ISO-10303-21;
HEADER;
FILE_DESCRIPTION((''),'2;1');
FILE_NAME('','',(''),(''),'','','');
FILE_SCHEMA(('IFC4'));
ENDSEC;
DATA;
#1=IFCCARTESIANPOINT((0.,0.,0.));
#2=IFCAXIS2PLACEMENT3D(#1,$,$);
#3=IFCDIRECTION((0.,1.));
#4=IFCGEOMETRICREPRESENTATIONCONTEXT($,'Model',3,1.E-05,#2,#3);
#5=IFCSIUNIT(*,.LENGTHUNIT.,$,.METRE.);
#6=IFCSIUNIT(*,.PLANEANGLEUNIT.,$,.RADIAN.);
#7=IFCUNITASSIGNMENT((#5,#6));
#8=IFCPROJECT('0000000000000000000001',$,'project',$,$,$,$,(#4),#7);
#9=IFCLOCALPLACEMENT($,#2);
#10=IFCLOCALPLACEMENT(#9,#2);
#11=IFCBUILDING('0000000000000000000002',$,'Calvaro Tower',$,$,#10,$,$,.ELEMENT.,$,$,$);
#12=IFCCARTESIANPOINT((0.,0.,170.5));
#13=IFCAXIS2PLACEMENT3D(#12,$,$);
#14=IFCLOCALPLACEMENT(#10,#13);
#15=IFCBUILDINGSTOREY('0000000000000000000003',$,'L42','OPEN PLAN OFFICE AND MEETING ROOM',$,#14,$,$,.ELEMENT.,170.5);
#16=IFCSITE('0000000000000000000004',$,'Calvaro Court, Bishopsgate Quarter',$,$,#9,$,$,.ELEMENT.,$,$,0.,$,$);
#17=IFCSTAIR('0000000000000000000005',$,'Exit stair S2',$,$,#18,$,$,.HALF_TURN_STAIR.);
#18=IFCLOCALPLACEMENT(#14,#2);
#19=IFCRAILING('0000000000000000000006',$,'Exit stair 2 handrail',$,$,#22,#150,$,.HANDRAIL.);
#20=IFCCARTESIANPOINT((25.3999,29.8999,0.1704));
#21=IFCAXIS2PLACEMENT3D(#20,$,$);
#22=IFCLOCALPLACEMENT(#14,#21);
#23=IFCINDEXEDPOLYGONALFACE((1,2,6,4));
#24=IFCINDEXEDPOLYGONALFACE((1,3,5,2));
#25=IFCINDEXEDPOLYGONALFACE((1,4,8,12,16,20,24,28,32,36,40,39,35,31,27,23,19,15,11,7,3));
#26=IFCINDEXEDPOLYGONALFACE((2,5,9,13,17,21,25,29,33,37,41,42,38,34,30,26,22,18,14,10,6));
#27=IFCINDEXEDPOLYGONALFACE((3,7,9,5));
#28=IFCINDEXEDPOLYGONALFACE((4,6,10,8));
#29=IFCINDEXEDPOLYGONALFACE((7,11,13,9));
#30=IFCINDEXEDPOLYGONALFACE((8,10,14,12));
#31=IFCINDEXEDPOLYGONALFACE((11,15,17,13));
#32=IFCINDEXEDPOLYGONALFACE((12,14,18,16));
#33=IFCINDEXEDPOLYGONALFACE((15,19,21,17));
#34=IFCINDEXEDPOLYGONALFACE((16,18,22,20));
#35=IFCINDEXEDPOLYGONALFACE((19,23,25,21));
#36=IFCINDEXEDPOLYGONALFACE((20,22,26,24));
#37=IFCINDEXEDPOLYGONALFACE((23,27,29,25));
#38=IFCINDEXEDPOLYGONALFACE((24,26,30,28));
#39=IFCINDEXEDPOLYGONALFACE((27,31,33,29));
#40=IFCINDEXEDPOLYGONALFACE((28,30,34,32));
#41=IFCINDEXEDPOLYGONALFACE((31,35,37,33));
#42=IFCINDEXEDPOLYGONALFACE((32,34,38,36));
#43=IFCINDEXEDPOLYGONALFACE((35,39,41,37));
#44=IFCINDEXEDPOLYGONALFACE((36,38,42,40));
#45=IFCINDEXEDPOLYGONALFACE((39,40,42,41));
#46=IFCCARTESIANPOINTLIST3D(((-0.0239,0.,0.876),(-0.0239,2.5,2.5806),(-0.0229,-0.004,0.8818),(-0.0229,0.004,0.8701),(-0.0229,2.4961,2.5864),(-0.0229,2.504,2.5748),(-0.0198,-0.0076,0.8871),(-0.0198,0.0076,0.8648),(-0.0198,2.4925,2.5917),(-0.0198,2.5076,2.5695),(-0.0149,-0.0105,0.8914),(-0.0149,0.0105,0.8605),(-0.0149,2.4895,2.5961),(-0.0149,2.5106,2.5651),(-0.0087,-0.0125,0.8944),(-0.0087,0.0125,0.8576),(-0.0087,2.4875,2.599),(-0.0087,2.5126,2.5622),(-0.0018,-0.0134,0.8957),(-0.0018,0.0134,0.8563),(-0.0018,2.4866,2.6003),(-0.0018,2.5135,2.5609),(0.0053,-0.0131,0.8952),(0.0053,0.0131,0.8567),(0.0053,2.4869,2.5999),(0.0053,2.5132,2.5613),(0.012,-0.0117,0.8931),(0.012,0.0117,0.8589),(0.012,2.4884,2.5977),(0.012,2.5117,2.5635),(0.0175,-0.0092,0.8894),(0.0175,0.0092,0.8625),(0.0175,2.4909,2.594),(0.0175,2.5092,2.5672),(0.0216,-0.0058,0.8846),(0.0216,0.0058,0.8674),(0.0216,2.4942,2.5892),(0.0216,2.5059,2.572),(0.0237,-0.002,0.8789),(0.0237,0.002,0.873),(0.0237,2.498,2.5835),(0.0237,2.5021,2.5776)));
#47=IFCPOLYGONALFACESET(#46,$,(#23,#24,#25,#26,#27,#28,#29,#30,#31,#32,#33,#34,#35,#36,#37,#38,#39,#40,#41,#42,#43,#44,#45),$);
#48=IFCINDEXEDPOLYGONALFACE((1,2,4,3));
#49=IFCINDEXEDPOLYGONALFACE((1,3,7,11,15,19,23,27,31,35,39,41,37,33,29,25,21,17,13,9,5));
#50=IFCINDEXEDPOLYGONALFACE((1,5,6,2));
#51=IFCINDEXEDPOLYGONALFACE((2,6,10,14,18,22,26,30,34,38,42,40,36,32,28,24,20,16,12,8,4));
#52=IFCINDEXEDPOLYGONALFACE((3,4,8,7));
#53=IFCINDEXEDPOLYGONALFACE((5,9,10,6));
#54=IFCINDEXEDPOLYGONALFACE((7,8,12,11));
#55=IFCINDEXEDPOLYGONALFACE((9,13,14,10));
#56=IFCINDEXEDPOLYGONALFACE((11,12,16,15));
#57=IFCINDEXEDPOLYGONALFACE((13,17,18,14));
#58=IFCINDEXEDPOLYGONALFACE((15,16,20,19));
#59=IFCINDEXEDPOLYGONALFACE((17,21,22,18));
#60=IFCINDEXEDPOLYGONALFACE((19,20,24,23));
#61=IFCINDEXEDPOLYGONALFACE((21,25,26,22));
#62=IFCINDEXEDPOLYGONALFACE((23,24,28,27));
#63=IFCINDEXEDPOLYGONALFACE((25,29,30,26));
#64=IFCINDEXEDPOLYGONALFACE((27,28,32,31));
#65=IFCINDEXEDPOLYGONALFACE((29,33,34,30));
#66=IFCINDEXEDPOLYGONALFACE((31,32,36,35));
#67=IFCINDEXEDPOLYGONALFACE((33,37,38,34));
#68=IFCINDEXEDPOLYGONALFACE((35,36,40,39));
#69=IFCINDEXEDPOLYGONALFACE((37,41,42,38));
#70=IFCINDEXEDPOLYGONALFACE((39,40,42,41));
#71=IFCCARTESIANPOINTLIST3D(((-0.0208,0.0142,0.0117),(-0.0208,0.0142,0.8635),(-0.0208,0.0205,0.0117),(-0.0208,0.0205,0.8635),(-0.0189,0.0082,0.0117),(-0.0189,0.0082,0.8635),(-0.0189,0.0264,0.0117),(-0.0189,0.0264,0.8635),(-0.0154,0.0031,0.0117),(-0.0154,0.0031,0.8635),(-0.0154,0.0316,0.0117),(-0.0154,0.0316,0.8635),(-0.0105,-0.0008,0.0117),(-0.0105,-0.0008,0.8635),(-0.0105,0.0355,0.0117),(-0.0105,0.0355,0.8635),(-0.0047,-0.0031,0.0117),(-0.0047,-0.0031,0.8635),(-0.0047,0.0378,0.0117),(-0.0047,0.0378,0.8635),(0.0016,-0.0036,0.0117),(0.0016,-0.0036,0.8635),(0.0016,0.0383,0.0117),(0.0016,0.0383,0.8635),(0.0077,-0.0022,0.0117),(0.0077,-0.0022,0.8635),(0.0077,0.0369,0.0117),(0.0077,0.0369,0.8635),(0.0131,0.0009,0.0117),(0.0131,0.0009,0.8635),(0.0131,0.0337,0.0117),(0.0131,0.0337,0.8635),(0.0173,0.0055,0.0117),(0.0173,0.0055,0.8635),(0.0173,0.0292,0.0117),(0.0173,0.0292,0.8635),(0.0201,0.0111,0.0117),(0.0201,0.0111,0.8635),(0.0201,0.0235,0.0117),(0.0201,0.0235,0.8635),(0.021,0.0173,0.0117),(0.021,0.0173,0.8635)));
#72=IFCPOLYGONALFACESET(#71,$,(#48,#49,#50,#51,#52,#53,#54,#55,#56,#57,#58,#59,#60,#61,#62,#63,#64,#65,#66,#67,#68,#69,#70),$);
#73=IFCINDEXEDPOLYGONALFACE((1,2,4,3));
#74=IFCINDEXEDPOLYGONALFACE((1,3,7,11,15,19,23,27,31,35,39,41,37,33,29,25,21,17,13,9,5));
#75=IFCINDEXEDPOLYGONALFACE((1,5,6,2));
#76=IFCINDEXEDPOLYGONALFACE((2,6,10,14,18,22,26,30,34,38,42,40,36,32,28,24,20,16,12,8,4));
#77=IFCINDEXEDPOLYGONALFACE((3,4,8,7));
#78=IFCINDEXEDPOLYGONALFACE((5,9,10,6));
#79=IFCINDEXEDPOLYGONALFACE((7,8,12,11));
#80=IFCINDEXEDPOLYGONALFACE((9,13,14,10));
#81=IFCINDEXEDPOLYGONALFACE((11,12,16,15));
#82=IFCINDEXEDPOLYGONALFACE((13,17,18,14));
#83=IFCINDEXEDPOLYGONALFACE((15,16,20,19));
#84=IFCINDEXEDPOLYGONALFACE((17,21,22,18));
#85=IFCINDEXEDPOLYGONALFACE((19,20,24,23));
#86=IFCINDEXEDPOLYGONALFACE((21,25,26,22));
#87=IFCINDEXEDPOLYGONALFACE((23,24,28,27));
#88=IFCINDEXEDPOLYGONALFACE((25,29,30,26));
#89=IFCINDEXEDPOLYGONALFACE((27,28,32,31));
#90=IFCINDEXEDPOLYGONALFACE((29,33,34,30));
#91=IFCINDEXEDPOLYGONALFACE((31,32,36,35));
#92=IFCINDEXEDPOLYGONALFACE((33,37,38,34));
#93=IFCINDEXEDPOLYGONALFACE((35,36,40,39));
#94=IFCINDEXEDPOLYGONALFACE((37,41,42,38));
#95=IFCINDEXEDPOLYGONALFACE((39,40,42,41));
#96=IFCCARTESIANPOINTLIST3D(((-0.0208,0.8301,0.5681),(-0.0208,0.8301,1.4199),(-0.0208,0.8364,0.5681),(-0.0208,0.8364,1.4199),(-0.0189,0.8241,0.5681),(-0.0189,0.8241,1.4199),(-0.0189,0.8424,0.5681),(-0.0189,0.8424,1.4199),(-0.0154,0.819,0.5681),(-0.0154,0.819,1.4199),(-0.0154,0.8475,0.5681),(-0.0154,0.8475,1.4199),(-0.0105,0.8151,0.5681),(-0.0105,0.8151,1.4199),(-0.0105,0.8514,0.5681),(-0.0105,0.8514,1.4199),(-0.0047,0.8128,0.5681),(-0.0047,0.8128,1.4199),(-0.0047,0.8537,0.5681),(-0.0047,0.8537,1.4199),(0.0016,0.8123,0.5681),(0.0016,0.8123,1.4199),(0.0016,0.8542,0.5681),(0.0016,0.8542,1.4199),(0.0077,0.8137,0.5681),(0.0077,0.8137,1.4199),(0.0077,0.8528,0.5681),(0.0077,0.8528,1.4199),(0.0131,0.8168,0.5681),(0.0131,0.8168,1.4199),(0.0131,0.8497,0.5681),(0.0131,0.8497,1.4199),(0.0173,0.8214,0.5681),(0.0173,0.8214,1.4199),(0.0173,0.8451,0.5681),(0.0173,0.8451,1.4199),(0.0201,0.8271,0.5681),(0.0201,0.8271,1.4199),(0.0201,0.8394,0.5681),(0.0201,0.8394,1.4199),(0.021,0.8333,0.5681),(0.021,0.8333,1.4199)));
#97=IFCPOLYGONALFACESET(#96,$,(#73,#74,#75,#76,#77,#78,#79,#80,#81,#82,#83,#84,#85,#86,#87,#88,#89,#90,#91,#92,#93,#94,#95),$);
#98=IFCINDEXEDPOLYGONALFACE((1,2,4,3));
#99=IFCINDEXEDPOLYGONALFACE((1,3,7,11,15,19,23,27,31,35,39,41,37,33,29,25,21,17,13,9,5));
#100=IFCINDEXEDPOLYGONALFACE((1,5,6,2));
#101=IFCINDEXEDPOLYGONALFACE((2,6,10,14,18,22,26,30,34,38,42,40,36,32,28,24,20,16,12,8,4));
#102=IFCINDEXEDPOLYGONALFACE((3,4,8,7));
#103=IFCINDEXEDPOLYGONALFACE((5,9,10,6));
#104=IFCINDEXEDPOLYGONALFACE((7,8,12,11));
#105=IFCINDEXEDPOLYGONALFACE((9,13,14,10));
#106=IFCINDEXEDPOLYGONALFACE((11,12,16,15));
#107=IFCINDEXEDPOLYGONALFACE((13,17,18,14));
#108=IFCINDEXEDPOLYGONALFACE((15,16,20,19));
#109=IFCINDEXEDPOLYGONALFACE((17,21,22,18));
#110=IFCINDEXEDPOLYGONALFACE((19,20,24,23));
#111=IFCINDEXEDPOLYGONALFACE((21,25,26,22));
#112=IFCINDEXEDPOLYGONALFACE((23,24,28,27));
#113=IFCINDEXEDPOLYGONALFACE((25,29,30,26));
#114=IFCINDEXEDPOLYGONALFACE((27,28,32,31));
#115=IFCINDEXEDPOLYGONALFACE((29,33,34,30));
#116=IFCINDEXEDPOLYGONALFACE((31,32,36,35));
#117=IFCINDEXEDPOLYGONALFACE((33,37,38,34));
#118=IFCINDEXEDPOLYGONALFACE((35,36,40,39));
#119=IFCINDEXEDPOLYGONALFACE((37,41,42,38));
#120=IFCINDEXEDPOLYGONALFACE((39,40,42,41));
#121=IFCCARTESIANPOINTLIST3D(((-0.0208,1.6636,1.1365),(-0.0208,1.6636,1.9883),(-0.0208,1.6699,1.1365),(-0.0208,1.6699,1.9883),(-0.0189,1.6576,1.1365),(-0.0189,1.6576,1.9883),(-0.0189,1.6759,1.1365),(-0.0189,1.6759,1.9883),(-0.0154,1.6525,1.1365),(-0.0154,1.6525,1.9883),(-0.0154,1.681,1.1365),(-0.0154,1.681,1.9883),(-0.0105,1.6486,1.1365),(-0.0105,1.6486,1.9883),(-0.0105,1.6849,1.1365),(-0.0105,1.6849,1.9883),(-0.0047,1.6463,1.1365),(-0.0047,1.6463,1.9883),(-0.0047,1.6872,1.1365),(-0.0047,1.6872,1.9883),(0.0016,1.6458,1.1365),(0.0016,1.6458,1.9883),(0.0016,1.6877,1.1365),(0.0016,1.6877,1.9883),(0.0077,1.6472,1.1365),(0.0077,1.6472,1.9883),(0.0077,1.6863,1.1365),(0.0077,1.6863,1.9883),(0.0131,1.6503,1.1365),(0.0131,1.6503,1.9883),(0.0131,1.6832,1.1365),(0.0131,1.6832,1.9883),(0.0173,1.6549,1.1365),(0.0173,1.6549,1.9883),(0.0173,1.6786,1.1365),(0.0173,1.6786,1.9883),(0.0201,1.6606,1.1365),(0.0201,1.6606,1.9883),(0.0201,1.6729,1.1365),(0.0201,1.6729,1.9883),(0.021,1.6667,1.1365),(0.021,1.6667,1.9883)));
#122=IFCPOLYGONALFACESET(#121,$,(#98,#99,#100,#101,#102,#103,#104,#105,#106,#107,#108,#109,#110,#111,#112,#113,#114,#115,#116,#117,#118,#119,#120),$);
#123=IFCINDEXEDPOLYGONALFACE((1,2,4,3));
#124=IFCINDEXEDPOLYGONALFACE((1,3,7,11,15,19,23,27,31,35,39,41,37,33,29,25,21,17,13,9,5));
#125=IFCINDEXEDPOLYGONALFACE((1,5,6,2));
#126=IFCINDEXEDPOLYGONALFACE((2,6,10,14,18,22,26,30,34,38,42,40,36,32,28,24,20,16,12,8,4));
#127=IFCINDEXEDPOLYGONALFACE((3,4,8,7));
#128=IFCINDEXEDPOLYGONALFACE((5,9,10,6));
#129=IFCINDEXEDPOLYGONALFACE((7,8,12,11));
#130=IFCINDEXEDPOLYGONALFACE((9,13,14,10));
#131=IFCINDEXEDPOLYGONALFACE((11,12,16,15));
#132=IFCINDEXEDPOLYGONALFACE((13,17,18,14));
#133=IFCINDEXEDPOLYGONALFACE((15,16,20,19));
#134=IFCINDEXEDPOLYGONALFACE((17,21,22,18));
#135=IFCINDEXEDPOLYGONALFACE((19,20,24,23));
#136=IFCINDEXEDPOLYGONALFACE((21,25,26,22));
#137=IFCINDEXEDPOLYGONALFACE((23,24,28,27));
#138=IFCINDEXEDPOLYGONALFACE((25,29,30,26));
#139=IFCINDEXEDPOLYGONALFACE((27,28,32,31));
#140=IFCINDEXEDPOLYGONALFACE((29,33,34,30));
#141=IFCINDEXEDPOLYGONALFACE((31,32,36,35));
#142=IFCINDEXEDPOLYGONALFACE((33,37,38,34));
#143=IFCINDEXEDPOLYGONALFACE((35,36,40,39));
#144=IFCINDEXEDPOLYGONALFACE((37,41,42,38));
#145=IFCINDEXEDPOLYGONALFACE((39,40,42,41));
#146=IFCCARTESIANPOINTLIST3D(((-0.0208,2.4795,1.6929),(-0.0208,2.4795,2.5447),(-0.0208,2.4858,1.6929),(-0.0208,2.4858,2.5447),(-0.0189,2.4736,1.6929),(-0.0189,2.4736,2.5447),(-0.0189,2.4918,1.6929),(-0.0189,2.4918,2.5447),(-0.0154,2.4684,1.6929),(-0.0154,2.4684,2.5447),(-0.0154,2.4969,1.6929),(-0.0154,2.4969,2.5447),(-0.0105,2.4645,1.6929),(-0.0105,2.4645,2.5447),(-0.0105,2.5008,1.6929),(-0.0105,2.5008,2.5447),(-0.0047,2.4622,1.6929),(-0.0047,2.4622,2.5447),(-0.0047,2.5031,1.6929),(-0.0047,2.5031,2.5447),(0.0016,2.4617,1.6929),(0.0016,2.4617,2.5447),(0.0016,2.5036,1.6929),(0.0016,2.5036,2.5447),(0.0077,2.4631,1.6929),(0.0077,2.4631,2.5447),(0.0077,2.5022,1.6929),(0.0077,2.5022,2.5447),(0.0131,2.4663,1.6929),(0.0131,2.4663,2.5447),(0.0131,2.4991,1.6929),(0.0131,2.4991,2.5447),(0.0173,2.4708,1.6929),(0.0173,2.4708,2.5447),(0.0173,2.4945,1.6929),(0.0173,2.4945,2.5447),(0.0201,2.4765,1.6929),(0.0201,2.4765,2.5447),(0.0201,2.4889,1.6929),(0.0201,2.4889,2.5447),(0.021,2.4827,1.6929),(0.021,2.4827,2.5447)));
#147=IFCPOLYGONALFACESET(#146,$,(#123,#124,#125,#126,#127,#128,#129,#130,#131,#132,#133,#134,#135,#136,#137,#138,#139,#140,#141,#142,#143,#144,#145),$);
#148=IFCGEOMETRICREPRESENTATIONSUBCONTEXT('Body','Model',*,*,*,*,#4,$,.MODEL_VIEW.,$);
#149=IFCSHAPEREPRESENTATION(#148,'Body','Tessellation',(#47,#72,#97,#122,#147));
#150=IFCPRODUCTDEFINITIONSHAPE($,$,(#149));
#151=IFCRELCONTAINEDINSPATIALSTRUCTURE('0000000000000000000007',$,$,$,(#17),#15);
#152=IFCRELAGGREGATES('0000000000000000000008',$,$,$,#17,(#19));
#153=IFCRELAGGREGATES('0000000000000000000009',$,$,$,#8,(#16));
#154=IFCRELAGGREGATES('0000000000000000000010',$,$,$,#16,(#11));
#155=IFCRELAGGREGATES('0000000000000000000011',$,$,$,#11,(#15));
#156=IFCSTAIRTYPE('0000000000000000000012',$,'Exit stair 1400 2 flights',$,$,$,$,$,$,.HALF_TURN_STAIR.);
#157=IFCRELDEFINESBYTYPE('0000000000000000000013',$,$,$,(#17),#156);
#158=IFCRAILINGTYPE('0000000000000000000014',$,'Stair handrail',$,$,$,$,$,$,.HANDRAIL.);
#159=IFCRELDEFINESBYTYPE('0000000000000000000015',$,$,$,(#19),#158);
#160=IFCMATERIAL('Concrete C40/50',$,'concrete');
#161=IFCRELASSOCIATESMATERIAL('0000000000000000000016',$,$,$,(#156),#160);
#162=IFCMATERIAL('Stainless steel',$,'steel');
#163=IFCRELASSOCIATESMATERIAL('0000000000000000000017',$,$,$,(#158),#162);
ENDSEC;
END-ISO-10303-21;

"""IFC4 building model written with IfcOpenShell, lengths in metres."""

from ifc_helpers import new_model, si_unit, direction, frame, origin, origin_2d, place, context, subcontext, project, spatial, circle, extrude, material, type_object, element, aggregate, save


model = new_model("IFC4")

# Units and contexts
model_context = context("Model", 3, precision=1e-05, world=origin(), true_north=direction((0.0, 1.0)))
body_context = subcontext(model_context, "Body", "Model", "MODEL_VIEW")
ifc_project = project(units=[si_unit("LENGTHUNIT", "METRE"), si_unit("PLANEANGLEUNIT", "RADIAN")], contexts=[model_context])

# Site, building, storey
site_placement = place(None, origin())
site = spatial("IfcSite", under=ifc_project, at=site_placement, Name="Calvaro Court, Bishopsgate Quarter", CompositionType="ELEMENT", RefElevation=0.0)
building_placement = place(site_placement, origin())
building = spatial("IfcBuilding", under=site, at=building_placement, Name="Calvaro Tower", CompositionType="ELEMENT")
storey_placement = place(building_placement, frame((0.0, 0.0, 170.5)))
storey = spatial("IfcBuildingStorey", under=building, at=storey_placement, Name="L42", Description="OPEN PLAN OFFICE AND MEETING ROOM", CompositionType="ELEMENT", Elevation=170.5)

# Stair
ifc_material_1 = material(Name="Concrete C40/50", Category="concrete")
stair_type = type_object("IfcStairType", Name="Exit stair 1400 2 flights", PredefinedType="HALF_TURN_STAIR", material=ifc_material_1)
stair_1_placement = place(storey_placement, origin())
stair_1 = element("IfcStair", 1, at=stair_1_placement, inside=storey, type_object=stair_type, Name="Exit stair S2", PredefinedType="HALF_TURN_STAIR")

# Shared definitions
ifc_material_2 = material(Name="Stainless steel", Category="steel")
railing_type = type_object("IfcRailingType", Name="Stair handrail", PredefinedType="HANDRAIL", material=ifc_material_2)

# Railing
railing_1_placement = place(storey_placement, frame((25.3999, 29.8999, 0.1704)))
railing_1 = element("IfcRailing", 2, at=railing_1_placement, type_object=railing_type, Name="Exit stair 2 handrail", PredefinedType="HANDRAIL", context=body_context, shape_type="SweptSolid", body=[
    extrude(circle(Radius=0.0239, at=origin_2d()), frame((0.0, 0.0, 0.876), z_axis=(0.0, 0.826221, 0.563347), x_axis=(-1.0, 0.0, 0.0)), (0.0, 0.0, 1.0), 3.0259),
    extrude(circle(Radius=0.021, at=origin_2d()), frame((0.0, 0.0173, 0.0117)), (0.0, 0.0, 1.0), 0.8518),
    extrude(circle(Radius=0.021, at=origin_2d()), frame((0.0, 0.8333, 0.5681)), (0.0, 0.0, 1.0), 0.8518),
    extrude(circle(Radius=0.021, at=origin_2d()), frame((0.0, 1.6667, 1.1365)), (0.0, 0.0, 1.0), 0.8518),
    extrude(circle(Radius=0.021, at=origin_2d()), frame((0.0, 2.4827, 1.6929)), (0.0, 0.0, 1.0), 0.8518),
])
aggregate(stair_1, [railing_1])

save(model, "model.ifc")
